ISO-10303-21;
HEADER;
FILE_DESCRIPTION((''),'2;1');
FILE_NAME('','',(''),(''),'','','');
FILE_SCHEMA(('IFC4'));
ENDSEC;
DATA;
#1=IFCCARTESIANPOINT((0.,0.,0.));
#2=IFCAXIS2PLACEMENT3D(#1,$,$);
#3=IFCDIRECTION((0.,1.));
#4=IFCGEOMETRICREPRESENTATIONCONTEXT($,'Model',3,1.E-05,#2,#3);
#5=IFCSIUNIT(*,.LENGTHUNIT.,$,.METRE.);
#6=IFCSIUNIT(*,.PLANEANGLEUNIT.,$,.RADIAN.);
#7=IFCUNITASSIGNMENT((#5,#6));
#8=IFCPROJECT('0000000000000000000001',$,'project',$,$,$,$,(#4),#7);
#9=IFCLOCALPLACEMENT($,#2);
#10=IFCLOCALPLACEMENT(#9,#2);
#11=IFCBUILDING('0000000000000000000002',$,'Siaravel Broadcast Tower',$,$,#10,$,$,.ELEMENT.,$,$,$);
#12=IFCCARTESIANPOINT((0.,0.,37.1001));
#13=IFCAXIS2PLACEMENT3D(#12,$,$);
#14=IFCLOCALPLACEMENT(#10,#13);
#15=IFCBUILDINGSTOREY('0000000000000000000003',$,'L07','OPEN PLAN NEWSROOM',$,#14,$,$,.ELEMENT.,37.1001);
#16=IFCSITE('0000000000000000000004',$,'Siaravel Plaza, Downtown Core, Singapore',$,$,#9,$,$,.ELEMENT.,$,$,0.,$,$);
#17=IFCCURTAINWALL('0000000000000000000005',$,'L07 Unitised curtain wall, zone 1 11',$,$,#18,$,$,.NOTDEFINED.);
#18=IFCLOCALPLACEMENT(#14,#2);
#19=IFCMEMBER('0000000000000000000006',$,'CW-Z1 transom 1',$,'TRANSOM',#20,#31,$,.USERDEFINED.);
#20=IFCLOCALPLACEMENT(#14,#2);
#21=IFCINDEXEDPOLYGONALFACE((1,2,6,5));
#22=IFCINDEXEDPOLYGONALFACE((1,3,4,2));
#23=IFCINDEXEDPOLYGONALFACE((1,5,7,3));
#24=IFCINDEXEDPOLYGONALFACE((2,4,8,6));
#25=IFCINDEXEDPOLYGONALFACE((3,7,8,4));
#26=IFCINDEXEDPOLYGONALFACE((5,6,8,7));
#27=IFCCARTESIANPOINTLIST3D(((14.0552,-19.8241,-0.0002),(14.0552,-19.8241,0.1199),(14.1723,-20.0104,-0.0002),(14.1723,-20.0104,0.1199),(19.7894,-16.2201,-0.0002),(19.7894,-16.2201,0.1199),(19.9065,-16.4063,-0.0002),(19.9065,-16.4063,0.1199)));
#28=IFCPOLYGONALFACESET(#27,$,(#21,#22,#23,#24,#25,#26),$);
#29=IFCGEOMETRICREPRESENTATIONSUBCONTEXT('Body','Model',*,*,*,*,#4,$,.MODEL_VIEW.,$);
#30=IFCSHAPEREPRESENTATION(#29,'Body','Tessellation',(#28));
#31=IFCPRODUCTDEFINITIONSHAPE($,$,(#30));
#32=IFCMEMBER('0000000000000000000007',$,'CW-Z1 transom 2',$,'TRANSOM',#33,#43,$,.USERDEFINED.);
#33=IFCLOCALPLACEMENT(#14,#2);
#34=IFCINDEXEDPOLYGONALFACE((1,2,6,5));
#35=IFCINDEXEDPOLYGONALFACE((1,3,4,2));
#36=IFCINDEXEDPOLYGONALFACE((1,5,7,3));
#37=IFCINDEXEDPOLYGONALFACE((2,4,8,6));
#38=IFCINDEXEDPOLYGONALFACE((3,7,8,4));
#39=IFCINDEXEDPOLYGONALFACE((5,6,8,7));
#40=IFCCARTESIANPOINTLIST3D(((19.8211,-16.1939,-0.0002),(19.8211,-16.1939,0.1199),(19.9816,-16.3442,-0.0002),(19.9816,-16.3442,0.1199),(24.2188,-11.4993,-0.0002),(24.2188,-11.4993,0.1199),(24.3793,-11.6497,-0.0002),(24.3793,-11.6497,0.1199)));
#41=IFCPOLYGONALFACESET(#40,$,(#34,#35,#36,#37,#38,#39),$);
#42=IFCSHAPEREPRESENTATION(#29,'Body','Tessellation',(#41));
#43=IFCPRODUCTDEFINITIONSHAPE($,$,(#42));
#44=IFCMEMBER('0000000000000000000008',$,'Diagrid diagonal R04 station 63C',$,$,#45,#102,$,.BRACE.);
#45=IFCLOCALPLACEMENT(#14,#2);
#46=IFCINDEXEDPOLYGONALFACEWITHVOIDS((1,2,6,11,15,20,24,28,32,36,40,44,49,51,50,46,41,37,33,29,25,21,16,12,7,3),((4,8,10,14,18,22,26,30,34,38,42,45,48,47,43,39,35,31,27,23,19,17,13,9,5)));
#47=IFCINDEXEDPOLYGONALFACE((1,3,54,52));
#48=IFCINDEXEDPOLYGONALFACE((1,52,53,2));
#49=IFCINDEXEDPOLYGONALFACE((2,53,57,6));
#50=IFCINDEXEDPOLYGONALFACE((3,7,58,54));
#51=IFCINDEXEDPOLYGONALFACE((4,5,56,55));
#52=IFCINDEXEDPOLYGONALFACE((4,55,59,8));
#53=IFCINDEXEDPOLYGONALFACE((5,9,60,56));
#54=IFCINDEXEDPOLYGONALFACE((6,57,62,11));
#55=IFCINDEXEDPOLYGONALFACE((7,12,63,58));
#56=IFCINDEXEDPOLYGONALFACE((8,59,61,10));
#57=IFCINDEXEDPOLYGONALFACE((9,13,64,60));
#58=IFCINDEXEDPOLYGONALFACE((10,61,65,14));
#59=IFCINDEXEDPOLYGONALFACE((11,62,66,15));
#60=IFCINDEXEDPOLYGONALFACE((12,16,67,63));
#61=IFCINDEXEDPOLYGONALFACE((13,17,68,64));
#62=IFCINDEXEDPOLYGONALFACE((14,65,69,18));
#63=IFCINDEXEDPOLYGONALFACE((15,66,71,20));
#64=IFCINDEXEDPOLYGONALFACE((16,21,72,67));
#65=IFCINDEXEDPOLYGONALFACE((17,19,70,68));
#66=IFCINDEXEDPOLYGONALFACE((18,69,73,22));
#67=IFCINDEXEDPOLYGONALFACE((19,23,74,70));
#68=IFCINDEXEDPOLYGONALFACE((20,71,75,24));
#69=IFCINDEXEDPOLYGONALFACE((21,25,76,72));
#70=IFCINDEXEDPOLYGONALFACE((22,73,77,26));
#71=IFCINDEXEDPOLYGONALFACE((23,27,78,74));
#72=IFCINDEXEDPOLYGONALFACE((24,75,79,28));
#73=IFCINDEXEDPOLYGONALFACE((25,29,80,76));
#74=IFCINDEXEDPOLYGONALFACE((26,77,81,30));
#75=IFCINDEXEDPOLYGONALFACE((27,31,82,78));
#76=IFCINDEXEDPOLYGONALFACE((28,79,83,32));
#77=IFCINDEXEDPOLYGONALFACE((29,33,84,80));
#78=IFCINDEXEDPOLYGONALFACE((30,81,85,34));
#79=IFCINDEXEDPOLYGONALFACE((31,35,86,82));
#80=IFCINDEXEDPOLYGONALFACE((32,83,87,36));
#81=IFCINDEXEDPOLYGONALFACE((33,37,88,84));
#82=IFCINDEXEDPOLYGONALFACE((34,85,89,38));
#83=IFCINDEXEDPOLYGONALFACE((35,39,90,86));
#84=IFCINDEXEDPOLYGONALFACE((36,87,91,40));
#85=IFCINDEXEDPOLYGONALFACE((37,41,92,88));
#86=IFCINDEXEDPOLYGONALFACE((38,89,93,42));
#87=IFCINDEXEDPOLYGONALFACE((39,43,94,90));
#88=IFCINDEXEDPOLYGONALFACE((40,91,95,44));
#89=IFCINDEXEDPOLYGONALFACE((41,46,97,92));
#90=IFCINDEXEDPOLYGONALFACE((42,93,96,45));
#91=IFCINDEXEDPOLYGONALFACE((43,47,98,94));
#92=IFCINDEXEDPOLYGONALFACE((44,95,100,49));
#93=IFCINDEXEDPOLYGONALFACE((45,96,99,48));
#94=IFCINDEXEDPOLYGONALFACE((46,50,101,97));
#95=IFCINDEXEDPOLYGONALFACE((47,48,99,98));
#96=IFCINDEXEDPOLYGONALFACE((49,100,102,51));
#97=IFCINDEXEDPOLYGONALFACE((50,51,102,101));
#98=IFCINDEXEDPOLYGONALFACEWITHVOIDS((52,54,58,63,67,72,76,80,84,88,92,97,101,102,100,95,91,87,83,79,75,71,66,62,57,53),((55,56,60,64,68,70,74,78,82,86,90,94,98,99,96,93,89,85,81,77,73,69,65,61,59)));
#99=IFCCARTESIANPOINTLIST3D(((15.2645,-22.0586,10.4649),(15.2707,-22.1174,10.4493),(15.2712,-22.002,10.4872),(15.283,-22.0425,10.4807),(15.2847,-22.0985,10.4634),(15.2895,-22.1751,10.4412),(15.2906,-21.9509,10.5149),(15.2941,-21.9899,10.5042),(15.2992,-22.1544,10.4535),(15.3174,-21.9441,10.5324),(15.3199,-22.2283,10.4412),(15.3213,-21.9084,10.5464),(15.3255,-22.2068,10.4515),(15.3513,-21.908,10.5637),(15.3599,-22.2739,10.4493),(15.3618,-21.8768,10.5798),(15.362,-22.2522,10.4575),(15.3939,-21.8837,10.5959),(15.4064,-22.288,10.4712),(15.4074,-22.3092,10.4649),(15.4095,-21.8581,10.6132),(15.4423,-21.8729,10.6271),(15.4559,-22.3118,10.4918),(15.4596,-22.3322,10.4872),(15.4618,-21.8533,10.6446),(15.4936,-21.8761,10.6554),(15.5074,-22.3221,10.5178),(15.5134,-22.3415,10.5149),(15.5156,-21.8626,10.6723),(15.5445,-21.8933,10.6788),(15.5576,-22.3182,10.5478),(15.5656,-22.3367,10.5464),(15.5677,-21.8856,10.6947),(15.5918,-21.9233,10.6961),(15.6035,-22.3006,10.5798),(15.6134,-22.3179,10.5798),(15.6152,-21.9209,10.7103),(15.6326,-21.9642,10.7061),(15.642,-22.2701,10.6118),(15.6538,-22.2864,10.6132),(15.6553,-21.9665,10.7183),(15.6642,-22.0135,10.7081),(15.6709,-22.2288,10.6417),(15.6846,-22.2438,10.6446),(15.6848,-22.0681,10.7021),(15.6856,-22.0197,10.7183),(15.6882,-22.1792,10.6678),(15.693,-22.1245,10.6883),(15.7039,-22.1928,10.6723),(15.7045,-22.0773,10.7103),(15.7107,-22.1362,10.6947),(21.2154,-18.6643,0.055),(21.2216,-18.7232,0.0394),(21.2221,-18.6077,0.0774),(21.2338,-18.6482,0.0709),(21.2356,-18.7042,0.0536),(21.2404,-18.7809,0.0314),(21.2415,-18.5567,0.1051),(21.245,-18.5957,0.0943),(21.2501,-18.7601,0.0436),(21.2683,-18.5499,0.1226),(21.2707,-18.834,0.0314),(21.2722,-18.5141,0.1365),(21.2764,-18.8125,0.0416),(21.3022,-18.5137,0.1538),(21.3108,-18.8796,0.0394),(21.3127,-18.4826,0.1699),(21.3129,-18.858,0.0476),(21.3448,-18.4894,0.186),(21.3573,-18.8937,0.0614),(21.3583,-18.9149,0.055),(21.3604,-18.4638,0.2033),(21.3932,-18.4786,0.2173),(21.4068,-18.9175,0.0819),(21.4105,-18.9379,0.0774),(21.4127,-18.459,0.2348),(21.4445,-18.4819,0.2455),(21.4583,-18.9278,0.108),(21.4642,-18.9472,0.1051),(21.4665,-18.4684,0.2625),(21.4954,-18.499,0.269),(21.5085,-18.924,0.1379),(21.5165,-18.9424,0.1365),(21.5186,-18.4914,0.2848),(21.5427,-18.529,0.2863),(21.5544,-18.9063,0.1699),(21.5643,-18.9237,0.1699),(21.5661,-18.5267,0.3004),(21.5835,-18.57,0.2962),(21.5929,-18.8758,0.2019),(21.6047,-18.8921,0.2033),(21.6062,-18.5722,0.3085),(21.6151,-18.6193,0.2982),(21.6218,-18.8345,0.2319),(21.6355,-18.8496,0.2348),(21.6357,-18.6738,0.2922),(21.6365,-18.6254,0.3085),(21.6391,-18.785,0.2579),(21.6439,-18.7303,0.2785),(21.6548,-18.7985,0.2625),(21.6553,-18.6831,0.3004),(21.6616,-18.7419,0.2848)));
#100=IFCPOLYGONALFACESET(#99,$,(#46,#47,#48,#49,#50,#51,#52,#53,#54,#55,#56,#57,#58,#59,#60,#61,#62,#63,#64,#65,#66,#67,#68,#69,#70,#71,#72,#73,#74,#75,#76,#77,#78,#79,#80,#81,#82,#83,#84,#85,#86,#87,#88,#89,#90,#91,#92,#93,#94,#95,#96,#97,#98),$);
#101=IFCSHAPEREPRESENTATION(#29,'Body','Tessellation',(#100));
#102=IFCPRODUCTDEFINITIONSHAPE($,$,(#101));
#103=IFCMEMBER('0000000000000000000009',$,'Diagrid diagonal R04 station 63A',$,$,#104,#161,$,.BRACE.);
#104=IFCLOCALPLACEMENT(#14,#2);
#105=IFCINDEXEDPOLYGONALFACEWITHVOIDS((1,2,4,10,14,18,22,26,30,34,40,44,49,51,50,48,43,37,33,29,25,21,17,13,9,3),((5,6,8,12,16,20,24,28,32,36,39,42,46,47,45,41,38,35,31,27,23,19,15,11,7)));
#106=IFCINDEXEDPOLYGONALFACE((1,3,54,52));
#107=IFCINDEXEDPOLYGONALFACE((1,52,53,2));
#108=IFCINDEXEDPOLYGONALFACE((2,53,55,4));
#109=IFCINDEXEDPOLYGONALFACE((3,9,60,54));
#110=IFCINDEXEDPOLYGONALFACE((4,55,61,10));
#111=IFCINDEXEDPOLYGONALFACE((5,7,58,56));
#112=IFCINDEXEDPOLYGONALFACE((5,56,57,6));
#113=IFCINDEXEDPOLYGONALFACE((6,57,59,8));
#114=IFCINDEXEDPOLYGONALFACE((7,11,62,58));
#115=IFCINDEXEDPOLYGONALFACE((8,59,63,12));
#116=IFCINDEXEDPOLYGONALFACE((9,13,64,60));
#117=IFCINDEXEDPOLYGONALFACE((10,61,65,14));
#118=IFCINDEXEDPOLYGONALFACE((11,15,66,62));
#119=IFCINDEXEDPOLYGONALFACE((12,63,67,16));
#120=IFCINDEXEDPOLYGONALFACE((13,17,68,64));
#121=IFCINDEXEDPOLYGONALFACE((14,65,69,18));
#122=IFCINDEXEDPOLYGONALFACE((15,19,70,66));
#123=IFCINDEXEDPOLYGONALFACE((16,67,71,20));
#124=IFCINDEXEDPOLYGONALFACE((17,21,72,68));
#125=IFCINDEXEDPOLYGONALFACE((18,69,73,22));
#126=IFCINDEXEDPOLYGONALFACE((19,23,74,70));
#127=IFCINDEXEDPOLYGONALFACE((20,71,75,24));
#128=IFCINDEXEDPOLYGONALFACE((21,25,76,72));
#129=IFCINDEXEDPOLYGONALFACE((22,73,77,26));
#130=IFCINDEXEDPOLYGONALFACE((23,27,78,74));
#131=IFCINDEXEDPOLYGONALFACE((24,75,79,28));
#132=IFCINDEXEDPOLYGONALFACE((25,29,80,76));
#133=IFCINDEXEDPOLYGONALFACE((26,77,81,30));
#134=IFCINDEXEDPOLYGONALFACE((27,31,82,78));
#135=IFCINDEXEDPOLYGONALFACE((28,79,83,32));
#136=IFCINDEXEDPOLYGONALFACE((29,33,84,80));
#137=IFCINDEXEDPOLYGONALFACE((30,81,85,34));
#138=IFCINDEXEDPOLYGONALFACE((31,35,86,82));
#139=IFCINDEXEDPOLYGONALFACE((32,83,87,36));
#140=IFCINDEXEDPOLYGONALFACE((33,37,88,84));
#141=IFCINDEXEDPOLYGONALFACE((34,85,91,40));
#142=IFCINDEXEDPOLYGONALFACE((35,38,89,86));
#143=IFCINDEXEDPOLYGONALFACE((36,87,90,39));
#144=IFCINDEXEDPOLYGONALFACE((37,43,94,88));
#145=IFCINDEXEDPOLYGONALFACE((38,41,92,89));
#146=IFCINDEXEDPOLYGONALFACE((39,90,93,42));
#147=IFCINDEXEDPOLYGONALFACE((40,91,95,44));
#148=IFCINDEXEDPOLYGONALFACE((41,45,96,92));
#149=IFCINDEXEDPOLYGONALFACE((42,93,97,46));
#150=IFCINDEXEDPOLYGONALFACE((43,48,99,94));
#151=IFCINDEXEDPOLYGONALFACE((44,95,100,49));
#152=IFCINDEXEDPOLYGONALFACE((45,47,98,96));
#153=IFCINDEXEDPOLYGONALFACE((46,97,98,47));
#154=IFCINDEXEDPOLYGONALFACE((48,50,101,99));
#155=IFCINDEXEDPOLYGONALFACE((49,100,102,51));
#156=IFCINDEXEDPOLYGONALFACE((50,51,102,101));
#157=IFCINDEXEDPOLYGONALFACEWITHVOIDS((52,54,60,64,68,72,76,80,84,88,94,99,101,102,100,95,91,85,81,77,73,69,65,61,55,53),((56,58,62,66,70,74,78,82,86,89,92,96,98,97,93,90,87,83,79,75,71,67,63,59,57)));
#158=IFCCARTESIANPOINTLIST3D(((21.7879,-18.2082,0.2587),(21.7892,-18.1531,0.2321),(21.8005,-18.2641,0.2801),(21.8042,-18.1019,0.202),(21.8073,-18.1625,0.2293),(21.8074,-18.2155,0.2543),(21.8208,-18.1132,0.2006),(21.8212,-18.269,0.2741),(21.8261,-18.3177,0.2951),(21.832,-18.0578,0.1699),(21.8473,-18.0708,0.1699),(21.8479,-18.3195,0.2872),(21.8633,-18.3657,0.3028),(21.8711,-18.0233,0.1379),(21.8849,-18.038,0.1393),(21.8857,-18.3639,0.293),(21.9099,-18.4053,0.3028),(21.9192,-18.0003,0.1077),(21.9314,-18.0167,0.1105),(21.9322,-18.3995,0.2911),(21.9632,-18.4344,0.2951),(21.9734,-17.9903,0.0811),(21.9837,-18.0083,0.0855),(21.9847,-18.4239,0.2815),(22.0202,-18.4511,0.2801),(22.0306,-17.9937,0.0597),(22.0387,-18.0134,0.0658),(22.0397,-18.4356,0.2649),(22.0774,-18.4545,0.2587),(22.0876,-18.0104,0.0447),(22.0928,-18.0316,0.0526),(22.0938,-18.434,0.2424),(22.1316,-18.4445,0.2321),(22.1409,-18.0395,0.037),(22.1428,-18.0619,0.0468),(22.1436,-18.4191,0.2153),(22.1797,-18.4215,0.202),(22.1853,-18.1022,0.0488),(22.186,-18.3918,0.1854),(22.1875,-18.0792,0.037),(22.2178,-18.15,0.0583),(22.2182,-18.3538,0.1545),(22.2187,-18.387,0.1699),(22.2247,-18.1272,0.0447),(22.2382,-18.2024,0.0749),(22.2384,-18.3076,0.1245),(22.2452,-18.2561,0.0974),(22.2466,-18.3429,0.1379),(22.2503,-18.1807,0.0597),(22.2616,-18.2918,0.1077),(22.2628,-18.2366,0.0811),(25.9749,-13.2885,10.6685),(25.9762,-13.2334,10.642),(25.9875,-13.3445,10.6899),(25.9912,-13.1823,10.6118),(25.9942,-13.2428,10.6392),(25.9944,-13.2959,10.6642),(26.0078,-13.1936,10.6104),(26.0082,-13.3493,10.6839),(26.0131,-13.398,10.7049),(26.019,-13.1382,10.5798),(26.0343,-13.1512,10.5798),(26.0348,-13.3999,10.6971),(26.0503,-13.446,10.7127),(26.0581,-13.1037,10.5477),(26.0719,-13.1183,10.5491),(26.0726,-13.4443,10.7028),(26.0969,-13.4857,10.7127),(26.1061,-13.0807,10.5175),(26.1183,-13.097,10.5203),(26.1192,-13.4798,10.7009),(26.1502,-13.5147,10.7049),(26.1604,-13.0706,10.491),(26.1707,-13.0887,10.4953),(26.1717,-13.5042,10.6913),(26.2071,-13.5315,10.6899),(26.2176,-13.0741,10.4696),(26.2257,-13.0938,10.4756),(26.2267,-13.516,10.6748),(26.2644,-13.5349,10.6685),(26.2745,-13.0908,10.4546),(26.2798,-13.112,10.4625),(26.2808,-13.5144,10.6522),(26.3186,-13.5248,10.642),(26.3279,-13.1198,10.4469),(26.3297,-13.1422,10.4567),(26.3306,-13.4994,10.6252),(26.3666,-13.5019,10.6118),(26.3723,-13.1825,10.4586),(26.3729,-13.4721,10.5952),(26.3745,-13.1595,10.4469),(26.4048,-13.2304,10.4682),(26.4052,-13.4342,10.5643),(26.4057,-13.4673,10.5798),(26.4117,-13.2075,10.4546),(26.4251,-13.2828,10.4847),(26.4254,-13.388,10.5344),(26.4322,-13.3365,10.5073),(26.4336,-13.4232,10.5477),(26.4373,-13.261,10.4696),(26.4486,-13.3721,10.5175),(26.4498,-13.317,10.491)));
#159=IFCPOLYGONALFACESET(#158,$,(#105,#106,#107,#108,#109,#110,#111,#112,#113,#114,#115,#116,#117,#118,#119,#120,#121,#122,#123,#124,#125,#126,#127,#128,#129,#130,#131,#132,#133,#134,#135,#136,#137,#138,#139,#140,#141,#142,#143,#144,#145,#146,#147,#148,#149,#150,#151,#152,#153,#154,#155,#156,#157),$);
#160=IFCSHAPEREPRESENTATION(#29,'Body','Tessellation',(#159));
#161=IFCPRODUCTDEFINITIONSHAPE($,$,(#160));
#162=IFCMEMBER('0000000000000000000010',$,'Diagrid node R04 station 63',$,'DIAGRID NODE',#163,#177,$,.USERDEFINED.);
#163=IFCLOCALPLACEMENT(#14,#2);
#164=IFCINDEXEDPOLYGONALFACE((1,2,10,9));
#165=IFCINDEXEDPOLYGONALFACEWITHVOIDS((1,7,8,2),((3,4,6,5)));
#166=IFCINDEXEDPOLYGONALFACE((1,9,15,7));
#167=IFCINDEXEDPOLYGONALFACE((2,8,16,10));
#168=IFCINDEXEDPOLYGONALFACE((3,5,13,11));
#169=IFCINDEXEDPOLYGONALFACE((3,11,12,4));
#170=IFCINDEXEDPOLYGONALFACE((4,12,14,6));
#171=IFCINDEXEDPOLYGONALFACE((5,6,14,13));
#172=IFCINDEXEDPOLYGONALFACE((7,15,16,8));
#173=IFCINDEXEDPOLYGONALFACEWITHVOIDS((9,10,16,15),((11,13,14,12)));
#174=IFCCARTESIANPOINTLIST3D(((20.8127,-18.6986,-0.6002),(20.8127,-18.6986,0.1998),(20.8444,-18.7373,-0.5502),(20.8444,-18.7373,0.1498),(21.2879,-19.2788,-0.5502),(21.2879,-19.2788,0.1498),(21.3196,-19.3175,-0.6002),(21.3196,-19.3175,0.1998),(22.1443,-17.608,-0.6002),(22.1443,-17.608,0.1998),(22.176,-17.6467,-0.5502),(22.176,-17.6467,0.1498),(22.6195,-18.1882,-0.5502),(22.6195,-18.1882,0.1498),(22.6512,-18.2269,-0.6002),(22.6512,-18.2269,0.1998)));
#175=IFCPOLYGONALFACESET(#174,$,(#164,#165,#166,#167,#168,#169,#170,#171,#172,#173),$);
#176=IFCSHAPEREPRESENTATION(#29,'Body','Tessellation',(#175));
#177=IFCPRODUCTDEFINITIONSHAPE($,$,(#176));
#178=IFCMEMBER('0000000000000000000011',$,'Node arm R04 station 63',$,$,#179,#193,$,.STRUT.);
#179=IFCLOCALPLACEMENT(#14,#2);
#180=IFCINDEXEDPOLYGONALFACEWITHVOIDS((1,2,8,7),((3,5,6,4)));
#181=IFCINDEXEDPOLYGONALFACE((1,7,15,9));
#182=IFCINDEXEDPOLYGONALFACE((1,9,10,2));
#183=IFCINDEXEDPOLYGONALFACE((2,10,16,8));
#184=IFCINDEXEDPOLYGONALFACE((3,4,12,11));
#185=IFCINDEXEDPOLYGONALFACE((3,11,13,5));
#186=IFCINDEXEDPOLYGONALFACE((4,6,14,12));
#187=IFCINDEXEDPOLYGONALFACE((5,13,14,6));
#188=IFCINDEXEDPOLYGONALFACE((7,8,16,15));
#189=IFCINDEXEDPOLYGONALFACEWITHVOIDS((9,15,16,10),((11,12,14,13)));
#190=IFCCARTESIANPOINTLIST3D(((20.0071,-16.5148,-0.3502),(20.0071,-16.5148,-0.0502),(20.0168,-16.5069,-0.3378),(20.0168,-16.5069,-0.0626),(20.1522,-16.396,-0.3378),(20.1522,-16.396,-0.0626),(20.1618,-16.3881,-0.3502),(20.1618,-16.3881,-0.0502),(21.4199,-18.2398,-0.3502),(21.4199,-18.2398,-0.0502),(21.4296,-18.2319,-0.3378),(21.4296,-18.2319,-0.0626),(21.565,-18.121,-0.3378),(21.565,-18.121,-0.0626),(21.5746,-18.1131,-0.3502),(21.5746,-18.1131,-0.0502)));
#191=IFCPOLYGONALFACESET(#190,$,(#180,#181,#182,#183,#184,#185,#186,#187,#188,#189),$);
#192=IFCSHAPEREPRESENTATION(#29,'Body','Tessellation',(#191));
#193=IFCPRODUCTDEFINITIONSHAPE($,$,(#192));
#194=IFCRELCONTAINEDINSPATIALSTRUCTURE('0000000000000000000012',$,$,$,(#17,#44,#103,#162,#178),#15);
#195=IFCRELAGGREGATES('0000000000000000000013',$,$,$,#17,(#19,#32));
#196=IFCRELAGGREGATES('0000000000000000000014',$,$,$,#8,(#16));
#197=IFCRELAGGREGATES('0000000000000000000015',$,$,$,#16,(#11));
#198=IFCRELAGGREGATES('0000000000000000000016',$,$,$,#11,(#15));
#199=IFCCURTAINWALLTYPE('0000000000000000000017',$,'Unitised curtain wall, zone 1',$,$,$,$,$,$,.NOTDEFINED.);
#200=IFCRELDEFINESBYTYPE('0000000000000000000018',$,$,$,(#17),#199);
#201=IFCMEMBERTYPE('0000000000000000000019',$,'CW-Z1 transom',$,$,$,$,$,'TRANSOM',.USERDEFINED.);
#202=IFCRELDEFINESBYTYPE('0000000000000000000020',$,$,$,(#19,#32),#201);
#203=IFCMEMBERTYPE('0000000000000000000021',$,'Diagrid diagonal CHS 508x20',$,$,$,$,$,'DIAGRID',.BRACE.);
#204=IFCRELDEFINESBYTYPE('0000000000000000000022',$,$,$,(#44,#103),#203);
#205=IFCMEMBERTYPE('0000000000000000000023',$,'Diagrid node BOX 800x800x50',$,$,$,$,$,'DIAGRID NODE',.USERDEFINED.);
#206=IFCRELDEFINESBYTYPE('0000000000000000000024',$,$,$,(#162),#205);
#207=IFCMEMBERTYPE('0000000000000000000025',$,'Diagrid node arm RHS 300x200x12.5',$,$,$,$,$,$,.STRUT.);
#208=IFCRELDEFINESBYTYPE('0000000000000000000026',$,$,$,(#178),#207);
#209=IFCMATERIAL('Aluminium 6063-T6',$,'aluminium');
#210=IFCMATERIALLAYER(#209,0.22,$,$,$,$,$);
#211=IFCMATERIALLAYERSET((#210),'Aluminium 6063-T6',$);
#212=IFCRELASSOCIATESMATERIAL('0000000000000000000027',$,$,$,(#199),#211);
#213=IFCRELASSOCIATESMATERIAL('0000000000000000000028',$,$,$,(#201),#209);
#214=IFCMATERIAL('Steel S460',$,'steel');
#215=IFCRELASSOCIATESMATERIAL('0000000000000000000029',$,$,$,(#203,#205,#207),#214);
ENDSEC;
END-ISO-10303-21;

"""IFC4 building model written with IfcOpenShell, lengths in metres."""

from ifc_helpers import new_model, si_unit, direction, frame, origin, origin_2d, place, context, subcontext, project, spatial, rectangle, hollow_rectangle, hollow_circle, extrude, material, layer, layer_set, material_profile, profile_set, type_object, element, aggregate, save


model = new_model("IFC4")

# Units and contexts
model_context = context("Model", 3, precision=1e-05, world=origin(), true_north=direction((0.0, 1.0)))
body_context = subcontext(model_context, "Body", "Model", "MODEL_VIEW")
ifc_project = project(units=[si_unit("LENGTHUNIT", "METRE"), si_unit("PLANEANGLEUNIT", "RADIAN")], contexts=[model_context])

# Site, building, storey
site_placement = place(None, origin())
site = spatial("IfcSite", under=ifc_project, at=site_placement, Name="Siaravel Plaza, Downtown Core, Singapore", CompositionType="ELEMENT", RefElevation=0.0)
building_placement = place(site_placement, origin())
building = spatial("IfcBuilding", under=site, at=building_placement, Name="Siaravel Broadcast Tower", CompositionType="ELEMENT")
storey_placement = place(building_placement, frame((0.0, 0.0, 37.1001)))
storey = spatial("IfcBuildingStorey", under=building, at=storey_placement, Name="L07", Description="OPEN PLAN NEWSROOM", CompositionType="ELEMENT", Elevation=37.1001)

# Curtain wall
ifc_material_1 = material(Name="Aluminium 6063-T6", Category="aluminium")
ifc_layer_1 = layer(ifc_material_1, 0.22)
ifc_layer_set_1 = layer_set([ifc_layer_1], Name="Aluminium 6063-T6")
curtain_wall_type = type_object("IfcCurtainWallType", Name="Unitised curtain wall, zone 1", PredefinedType="NOTDEFINED", material=ifc_layer_set_1)
curtain_wall_1_placement = place(storey_placement, origin())
curtain_wall_1 = element("IfcCurtainWall", 1, at=curtain_wall_1_placement, inside=storey, type_object=curtain_wall_type, Name="L07 Unitised curtain wall, zone 1 11", PredefinedType="NOTDEFINED")

# Members
ifc_material_profile_1 = material_profile(ifc_material_1, rectangle(XDim=0.22, YDim=0.1201, at=origin_2d()))
ifc_profile_set_1 = profile_set([ifc_material_profile_1], Name="Aluminium 6063-T6")
member_type_1 = type_object("IfcMemberType", Name="CW-Z1 transom", ElementType="TRANSOM", PredefinedType="USERDEFINED", material=ifc_profile_set_1)
member_1_placement = place(storey_placement, frame((14.1138, -19.9172, 0.0598), z_axis=(0.846657, 0.532139, 0.0), x_axis=(-0.532139, 0.846657, 0.0)))
member_1 = element("IfcMember", 2, at=member_1_placement, type_object=member_type_1, Name="CW-Z1 transom 1", ObjectType="TRANSOM", PredefinedType="USERDEFINED", context=body_context, shape_type="SweptSolid", body=[
    extrude(rectangle(XDim=0.22, YDim=0.1201, at=origin_2d()), origin(), (0.0, 0.0, 1.0), 6.7727),
])
member_2_placement = place(storey_placement, frame((19.9014, -16.269, 0.0598), z_axis=(0.683654, 0.729806, 0.0), x_axis=(-0.729806, 0.683654, 0.0)))
member_2 = element("IfcMember", 3, at=member_2_placement, type_object=member_type_1, Name="CW-Z1 transom 2", ObjectType="TRANSOM", PredefinedType="USERDEFINED", context=body_context, shape_type="SweptSolid", body=[
    extrude(rectangle(XDim=0.22, YDim=0.1201, at=origin_2d()), origin(), (0.0, 0.0, 1.0), 6.4326),
])

# Members
ifc_material_2 = material(Name="Steel S460", Category="steel")
ifc_material_profile_2 = material_profile(ifc_material_2, hollow_circle(Radius=0.2539, WallThickness=0.02, at=origin_2d()))
ifc_profile_set_2 = profile_set([ifc_material_profile_2], Name="Steel S460")
member_type_2 = type_object("IfcMemberType", Name="Diagrid diagonal CHS 508x20", ElementType="DIAGRID", PredefinedType="BRACE", material=ifc_profile_set_2)
member_3_placement = place(storey_placement, frame((21.4385, -18.7031, 0.1699), z_axis=(-0.477527, -0.272371, 0.835334), x_axis=(0.495452, -0.868635, 0.0)))
element("IfcMember", 4, at=member_3_placement, inside=storey, type_object=member_type_2, Name="Diagrid diagonal R04 station 63C", PredefinedType="BRACE", context=body_context, shape_type="SweptSolid", body=[
    extrude(hollow_circle(Radius=0.2539, WallThickness=0.02, at=origin_2d()), origin(), (0.0, 0.0, 1.0), 12.4619),
])
member_4_placement = place(storey_placement, frame((22.0254, -18.2224, 0.1699), z_axis=(0.341754, 0.401555, 0.849681), x_axis=(-0.761535, 0.648123, 0.0)))
element("IfcMember", 5, at=member_4_placement, inside=storey, type_object=member_type_2, Name="Diagrid diagonal R04 station 63A", PredefinedType="BRACE", context=body_context, shape_type="SweptSolid", body=[
    extrude(hollow_circle(Radius=0.2539, WallThickness=0.02, at=origin_2d()), origin(), (0.0, 0.0, 1.0), 12.2515),
])
ifc_material_profile_3 = material_profile(ifc_material_2, hollow_rectangle(XDim=0.8, YDim=0.8, WallThickness=0.05, at=origin_2d()))
ifc_profile_set_3 = profile_set([ifc_material_profile_3], Name="Steel S460")
member_type_3 = type_object("IfcMemberType", Name="Diagrid node BOX 800x800x50", ElementType="DIAGRID NODE", PredefinedType="USERDEFINED", material=ifc_profile_set_3)
member_5_placement = place(storey_placement, frame((21.0662, -19.0081, -0.2002), z_axis=(0.773635, 0.633632, 0.0), x_axis=(-0.633632, 0.773635, 0.0)))
element("IfcMember", 6, at=member_5_placement, inside=storey, type_object=member_type_3, Name="Diagrid node R04 station 63", ObjectType="DIAGRID NODE", PredefinedType="USERDEFINED", context=body_context, shape_type="SweptSolid", body=[
    extrude(hollow_rectangle(XDim=0.8, YDim=0.8, WallThickness=0.05, at=origin_2d()), origin(), (0.0, 0.0, 1.0), 1.7212),
])
ifc_material_profile_4 = material_profile(ifc_material_2, hollow_rectangle(XDim=0.2, YDim=0.3, WallThickness=0.0125, at=origin_2d()))
ifc_profile_set_4 = profile_set([ifc_material_profile_4], Name="Steel S460")
member_type_4 = type_object("IfcMemberType", Name="Diagrid node arm RHS 300x200x12.5", PredefinedType="STRUT", material=ifc_profile_set_4)
member_6_placement = place(storey_placement, frame((20.0845, -16.4514, -0.2002), z_axis=(0.633613, -0.77365, 0.0), x_axis=(0.77365, 0.633613, 0.0)))
element("IfcMember", 7, at=member_6_placement, inside=storey, type_object=member_type_4, Name="Node arm R04 station 63", PredefinedType="STRUT", context=body_context, shape_type="SweptSolid", body=[
    extrude(hollow_rectangle(XDim=0.2, YDim=0.3, WallThickness=0.0125, at=origin_2d()), origin(), (0.0, 0.0, 1.0), 2.2297),
])

aggregate(curtain_wall_1, [member_1, member_2])

save(model, "model.ifc")
